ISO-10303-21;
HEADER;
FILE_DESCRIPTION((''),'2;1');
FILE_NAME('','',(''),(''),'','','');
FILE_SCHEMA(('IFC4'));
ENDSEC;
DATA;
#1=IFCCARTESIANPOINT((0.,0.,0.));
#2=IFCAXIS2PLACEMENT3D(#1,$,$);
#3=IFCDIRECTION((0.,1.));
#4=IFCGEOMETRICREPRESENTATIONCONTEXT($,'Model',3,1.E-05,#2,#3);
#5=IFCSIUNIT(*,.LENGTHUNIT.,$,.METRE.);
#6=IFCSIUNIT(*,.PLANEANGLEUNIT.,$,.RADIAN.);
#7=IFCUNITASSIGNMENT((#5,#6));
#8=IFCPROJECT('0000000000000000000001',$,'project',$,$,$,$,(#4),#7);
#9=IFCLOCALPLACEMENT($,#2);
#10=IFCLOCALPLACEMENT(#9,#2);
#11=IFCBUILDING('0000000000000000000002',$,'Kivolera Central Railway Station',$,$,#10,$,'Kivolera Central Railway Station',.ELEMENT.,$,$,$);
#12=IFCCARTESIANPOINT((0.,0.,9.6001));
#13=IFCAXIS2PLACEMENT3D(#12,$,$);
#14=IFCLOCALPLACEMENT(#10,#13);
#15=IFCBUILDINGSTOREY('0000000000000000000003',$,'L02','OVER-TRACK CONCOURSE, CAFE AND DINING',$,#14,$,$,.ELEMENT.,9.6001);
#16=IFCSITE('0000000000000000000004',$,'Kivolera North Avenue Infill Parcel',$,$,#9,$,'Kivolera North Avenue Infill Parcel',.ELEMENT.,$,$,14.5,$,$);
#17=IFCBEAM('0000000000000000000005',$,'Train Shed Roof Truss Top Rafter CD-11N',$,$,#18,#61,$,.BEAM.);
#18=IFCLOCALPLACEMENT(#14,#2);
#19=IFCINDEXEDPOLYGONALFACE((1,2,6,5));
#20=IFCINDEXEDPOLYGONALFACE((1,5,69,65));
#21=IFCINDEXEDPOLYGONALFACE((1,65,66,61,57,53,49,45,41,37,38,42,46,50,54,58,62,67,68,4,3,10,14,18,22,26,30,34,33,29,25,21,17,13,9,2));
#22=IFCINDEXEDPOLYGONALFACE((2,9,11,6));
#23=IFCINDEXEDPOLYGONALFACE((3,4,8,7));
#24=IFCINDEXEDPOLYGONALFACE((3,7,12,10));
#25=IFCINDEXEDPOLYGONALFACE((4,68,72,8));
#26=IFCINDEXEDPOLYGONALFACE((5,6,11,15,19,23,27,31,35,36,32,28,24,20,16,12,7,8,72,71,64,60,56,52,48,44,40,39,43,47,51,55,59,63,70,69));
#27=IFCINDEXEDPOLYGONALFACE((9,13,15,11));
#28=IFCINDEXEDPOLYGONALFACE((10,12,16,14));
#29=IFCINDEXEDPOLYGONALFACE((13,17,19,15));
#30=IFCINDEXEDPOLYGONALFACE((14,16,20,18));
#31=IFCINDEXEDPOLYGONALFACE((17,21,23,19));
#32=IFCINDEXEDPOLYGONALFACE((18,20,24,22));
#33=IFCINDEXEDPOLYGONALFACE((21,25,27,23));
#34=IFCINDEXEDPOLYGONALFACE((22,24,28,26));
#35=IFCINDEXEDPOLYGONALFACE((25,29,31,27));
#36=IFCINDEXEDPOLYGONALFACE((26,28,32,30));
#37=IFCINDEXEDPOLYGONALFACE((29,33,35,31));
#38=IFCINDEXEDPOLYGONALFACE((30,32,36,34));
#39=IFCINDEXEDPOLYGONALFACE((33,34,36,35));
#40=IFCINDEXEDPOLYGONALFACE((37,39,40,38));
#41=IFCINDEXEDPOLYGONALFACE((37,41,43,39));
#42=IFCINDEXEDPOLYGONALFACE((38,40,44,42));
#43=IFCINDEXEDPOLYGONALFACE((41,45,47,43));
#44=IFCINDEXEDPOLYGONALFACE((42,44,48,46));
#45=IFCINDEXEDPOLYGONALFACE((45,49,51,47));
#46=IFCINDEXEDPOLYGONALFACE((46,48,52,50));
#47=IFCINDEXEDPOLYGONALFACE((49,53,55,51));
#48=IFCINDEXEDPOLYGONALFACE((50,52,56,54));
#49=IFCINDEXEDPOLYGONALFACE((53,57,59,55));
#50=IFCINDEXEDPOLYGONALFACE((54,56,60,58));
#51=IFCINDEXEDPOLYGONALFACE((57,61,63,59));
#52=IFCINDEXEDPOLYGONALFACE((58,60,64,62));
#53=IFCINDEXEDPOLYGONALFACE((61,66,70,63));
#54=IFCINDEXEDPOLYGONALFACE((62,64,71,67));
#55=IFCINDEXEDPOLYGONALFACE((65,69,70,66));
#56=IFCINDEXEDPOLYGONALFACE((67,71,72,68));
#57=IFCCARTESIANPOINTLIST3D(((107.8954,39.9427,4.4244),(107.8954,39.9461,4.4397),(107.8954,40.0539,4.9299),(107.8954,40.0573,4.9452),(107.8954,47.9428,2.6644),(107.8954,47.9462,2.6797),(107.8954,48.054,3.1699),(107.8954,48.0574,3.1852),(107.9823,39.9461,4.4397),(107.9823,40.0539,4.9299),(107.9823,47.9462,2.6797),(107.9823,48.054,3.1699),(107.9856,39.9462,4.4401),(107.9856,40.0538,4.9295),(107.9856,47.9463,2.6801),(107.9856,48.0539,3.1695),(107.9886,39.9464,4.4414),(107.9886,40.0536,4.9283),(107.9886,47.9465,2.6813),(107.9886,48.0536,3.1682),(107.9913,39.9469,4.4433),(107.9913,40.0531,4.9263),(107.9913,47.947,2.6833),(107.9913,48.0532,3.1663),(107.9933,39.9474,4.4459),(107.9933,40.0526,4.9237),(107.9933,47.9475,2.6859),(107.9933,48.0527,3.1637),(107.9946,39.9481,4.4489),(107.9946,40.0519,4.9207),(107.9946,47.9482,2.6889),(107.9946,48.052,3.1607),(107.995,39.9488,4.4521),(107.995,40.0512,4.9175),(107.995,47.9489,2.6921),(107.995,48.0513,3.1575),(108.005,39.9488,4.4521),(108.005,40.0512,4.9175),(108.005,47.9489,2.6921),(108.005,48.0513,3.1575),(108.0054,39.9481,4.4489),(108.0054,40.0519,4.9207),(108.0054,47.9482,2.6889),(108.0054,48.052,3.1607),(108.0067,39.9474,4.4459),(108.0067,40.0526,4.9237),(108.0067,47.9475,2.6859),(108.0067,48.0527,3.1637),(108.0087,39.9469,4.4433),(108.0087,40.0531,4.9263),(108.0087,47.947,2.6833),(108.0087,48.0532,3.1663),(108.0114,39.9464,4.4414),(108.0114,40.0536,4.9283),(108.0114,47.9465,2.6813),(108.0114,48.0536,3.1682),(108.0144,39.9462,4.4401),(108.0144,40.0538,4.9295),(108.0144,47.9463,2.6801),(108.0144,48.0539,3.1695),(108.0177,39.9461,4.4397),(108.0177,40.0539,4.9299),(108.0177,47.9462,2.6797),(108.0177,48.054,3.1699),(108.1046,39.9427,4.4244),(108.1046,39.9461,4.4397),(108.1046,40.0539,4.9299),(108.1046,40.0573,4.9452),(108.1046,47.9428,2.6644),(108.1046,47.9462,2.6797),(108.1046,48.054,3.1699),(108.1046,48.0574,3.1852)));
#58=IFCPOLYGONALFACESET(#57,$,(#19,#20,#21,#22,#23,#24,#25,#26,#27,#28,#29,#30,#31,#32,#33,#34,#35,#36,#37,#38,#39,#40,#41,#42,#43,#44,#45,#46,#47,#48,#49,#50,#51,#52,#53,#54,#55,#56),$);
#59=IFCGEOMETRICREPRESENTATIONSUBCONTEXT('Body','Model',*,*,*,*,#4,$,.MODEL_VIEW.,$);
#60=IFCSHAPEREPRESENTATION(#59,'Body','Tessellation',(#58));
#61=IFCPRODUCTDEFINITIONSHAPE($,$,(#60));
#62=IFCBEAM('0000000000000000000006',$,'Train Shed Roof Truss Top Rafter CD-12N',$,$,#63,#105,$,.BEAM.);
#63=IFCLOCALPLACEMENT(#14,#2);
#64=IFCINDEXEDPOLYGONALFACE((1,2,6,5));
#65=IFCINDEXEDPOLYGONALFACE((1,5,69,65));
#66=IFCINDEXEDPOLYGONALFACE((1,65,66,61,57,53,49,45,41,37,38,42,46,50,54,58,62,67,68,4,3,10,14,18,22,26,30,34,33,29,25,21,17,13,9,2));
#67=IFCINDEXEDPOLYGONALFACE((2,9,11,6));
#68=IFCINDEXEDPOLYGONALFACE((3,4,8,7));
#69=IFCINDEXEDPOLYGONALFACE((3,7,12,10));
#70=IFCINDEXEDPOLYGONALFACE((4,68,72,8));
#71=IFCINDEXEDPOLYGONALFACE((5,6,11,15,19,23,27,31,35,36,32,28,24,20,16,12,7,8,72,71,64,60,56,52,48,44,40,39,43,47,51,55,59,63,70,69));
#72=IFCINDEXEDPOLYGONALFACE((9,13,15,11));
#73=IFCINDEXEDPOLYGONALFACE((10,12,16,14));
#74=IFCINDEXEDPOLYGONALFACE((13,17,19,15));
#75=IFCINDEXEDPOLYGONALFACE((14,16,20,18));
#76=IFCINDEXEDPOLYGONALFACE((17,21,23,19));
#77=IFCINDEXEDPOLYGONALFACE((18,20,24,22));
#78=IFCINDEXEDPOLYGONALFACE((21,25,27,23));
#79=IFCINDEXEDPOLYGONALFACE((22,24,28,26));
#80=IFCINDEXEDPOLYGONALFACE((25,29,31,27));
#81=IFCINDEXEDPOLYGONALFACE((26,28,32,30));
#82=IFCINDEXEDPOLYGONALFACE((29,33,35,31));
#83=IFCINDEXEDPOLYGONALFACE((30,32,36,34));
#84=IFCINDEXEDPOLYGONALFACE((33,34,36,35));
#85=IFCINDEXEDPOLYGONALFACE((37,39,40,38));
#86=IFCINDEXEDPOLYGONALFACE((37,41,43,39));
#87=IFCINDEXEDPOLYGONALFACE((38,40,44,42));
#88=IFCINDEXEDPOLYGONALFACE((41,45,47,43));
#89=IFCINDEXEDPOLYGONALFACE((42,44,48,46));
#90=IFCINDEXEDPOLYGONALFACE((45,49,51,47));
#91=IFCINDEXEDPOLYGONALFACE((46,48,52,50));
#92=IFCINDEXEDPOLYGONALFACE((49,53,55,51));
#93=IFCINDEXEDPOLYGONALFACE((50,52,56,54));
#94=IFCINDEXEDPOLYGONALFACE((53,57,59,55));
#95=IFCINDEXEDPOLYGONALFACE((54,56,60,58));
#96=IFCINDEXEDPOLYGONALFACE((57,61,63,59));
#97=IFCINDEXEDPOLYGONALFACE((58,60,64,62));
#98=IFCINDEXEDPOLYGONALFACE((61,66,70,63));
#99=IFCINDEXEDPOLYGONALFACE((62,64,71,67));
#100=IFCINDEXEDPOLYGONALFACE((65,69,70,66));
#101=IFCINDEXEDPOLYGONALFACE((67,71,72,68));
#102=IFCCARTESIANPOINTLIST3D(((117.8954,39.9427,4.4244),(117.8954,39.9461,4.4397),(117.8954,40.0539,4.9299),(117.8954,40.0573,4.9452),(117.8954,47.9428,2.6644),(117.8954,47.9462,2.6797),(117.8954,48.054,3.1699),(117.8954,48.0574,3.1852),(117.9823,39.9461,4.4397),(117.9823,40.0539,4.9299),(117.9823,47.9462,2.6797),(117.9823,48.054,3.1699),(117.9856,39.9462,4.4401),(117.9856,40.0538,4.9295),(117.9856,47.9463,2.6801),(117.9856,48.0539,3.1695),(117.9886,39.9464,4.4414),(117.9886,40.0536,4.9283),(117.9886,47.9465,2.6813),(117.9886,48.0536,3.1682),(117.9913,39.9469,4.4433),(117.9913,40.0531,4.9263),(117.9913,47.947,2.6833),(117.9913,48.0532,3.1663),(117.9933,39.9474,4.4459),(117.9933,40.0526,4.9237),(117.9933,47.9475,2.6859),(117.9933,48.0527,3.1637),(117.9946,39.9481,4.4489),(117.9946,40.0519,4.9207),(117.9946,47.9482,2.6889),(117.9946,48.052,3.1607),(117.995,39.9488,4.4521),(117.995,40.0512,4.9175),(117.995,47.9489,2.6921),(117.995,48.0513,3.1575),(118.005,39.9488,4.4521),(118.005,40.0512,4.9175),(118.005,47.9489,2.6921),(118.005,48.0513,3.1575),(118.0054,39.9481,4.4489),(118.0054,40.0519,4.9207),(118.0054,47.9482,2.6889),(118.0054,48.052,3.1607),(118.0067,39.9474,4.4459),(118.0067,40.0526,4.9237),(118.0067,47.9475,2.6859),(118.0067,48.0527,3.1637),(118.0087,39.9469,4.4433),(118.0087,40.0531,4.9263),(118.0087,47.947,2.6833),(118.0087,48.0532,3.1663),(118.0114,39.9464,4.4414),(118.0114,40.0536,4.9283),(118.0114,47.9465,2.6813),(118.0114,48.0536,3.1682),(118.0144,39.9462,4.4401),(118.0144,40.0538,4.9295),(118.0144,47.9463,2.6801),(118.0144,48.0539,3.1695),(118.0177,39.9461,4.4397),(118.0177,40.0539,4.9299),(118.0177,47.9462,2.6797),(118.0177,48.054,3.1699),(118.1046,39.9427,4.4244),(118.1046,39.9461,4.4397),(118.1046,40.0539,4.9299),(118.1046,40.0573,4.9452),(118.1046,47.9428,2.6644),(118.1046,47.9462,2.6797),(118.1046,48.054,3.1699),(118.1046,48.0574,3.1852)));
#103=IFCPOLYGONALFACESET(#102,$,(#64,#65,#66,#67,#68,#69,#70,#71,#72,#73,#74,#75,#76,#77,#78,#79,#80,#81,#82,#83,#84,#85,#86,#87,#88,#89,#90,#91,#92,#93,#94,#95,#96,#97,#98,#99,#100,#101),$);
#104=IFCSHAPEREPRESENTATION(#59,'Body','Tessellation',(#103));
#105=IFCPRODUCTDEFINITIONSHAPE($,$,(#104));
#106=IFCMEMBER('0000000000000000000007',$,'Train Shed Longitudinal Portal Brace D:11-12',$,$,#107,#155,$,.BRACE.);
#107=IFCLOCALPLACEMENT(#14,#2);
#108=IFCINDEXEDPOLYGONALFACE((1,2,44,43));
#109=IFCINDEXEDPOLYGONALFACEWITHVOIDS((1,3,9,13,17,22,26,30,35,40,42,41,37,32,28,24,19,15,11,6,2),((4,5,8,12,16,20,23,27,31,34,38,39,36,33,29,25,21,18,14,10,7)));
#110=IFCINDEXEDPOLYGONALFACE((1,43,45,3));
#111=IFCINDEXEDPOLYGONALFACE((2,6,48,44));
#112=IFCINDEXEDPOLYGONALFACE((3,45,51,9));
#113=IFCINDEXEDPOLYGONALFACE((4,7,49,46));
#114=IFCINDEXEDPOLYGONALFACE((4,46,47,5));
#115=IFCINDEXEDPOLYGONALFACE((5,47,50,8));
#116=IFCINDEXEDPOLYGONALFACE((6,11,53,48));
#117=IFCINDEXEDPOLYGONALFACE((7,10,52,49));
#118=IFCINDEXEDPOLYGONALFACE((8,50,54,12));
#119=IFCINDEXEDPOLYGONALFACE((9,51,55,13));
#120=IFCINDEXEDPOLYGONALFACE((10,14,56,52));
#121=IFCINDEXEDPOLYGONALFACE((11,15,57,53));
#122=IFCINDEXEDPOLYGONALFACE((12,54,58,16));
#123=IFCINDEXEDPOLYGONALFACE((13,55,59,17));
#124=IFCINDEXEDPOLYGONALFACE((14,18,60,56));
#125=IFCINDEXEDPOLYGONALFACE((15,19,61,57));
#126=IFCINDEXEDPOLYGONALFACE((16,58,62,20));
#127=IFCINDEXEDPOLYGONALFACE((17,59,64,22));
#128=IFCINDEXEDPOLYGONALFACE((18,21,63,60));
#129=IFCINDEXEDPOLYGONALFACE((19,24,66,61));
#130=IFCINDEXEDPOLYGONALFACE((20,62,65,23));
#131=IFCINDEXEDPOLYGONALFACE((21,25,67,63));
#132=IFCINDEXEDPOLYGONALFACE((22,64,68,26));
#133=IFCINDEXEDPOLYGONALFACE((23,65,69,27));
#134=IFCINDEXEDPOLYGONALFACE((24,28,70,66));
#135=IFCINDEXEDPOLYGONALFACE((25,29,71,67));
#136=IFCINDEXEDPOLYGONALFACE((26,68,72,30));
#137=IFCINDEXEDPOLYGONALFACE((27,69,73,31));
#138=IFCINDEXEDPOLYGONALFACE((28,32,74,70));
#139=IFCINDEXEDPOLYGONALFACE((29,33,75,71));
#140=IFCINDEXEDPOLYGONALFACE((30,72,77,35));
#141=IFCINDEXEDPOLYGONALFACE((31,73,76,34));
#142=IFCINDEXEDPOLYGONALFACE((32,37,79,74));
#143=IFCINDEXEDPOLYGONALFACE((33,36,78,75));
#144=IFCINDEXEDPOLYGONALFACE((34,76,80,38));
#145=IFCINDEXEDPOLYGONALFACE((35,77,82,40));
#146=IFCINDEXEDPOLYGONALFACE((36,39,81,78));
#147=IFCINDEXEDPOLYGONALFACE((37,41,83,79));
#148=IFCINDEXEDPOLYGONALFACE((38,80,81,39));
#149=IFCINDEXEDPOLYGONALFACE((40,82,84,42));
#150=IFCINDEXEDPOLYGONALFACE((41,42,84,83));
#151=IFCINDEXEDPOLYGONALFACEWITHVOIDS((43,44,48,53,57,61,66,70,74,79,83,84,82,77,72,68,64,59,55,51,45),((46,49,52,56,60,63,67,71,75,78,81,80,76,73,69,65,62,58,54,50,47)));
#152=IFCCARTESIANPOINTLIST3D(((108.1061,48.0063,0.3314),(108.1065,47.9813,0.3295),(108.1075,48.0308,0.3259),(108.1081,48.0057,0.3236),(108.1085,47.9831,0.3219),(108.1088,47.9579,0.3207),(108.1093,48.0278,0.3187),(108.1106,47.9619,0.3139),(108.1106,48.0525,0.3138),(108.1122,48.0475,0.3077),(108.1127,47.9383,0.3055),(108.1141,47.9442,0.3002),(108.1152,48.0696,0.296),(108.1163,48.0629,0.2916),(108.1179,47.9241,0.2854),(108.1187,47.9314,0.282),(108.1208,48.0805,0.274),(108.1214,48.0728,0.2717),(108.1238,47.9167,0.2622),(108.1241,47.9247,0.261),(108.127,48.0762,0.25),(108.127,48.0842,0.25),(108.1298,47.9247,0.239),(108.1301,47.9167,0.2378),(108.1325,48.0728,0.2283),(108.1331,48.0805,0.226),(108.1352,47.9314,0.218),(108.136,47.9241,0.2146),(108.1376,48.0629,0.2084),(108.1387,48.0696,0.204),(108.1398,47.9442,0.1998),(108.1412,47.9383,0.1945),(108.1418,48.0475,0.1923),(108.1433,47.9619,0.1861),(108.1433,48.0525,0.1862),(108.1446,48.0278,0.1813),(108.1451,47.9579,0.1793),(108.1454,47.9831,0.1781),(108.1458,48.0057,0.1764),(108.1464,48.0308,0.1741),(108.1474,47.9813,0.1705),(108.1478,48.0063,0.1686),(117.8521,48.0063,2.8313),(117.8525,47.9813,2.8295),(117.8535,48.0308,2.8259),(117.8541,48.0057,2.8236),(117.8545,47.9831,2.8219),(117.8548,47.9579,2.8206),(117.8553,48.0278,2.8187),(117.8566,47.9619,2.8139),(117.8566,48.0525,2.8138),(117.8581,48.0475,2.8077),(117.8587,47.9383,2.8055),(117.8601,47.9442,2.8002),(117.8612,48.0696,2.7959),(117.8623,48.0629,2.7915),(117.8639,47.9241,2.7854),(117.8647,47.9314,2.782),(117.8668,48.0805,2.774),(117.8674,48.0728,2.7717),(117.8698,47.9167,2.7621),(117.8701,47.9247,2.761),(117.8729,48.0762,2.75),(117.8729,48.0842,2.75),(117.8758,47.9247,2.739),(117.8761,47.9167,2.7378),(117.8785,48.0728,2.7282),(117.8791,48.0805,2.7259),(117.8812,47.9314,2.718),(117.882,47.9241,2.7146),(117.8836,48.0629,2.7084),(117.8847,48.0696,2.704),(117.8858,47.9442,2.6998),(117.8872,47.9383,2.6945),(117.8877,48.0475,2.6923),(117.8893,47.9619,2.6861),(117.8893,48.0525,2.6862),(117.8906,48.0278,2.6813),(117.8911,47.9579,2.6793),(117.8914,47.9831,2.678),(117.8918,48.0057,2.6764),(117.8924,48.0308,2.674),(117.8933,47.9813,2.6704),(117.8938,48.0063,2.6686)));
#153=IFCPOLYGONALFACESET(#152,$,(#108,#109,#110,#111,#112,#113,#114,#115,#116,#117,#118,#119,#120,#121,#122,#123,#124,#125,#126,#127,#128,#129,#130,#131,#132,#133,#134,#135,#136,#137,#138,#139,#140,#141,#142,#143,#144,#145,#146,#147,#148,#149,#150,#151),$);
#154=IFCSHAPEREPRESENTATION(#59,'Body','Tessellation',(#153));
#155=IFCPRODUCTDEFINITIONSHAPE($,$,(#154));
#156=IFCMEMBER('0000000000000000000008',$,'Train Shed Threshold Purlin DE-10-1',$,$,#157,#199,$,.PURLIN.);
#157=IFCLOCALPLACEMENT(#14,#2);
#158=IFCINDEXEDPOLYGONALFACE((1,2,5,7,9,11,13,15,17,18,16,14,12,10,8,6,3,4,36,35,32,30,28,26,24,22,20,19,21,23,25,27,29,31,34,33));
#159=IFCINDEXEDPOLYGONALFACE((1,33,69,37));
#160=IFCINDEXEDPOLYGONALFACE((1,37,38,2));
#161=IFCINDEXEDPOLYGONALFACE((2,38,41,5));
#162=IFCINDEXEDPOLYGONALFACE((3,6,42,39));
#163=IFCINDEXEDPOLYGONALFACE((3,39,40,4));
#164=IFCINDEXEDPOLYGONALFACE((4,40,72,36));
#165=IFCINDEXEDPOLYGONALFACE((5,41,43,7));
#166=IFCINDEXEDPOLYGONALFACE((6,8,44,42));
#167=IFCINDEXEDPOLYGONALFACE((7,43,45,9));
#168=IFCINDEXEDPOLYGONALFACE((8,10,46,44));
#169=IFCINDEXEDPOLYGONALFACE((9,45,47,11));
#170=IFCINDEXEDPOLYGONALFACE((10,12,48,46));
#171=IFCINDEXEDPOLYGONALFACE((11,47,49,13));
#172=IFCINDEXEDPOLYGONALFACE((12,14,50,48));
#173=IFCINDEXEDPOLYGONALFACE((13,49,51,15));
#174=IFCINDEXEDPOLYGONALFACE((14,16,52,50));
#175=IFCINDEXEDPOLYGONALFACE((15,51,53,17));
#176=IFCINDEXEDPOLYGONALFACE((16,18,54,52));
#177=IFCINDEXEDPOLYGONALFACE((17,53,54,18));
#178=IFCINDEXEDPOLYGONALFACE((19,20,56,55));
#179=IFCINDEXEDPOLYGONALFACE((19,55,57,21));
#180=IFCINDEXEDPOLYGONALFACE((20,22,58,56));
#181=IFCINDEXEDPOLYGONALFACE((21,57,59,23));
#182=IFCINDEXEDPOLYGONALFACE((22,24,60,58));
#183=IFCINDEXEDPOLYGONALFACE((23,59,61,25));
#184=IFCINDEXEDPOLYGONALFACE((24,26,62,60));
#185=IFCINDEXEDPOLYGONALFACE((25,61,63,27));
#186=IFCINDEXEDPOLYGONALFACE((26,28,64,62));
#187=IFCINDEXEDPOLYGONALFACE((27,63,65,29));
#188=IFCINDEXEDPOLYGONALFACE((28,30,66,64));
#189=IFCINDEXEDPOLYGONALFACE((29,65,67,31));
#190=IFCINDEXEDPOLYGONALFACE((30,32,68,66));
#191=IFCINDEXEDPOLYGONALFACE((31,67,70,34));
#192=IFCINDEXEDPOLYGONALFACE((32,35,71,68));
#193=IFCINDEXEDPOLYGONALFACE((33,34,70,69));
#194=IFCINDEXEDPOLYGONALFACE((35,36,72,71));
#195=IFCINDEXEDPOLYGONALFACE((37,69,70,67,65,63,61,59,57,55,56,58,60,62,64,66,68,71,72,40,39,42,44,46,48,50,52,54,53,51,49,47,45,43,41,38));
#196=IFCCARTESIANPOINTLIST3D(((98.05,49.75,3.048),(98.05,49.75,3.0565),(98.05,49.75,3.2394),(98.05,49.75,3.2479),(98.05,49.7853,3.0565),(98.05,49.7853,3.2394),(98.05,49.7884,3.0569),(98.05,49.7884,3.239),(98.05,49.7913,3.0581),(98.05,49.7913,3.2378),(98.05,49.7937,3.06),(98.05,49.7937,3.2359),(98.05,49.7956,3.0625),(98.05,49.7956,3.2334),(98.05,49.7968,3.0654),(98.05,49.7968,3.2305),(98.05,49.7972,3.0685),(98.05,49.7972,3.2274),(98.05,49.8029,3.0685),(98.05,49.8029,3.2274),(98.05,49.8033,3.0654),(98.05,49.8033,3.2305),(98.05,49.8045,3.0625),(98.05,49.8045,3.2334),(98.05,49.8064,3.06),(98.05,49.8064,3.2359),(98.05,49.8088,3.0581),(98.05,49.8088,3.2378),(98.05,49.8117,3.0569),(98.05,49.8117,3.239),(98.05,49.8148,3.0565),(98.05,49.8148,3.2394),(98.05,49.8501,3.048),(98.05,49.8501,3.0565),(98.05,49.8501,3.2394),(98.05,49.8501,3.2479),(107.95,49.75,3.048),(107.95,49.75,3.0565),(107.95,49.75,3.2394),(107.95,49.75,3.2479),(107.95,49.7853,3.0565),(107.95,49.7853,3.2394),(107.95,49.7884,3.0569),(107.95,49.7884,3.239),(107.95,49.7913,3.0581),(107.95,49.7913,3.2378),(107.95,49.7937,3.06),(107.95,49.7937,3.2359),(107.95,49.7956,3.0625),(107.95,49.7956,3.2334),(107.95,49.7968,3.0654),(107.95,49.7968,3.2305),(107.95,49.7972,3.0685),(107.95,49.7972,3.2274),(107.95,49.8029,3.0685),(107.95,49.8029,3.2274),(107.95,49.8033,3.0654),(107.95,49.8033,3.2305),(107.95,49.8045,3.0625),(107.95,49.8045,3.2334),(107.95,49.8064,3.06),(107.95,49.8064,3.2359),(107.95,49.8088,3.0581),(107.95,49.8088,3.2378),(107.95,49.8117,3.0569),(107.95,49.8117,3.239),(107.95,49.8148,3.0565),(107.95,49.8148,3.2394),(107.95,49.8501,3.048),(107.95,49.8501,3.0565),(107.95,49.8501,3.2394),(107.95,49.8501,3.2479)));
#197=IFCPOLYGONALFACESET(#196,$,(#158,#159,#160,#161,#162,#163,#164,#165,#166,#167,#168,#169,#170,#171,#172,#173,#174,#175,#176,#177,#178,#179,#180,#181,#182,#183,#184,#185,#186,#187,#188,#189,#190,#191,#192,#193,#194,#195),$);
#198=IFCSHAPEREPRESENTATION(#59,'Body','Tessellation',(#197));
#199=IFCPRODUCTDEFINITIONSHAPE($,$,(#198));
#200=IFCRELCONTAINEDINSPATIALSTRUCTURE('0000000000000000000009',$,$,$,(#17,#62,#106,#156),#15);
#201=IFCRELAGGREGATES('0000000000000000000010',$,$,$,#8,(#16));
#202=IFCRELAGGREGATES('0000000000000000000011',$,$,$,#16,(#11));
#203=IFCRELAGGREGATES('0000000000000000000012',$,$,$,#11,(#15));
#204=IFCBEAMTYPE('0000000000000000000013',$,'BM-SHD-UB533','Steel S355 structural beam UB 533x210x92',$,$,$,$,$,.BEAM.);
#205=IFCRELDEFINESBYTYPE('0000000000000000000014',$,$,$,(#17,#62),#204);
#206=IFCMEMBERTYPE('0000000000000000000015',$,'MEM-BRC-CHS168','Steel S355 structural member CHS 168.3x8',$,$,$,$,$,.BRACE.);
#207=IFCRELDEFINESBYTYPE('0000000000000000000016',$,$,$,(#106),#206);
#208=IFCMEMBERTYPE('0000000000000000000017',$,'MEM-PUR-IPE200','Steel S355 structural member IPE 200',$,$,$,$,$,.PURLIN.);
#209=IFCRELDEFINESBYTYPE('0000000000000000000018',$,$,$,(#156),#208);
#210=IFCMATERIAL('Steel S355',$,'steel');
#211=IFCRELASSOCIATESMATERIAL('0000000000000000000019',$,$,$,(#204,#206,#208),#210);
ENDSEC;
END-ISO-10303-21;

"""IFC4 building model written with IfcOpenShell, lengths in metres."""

from ifc_helpers import new_model, si_unit, direction, frame, origin, origin_2d, place, context, subcontext, project, spatial, hollow_circle, i_section, extrude, material, material_profile, profile_set, type_object, element, save


model = new_model("IFC4")

# Units and contexts
model_context = context("Model", 3, precision=1e-05, world=origin(), true_north=direction((0.0, 1.0)))
body_context = subcontext(model_context, "Body", "Model", "MODEL_VIEW")
ifc_project = project(units=[si_unit("LENGTHUNIT", "METRE"), si_unit("PLANEANGLEUNIT", "RADIAN")], contexts=[model_context])

# Site, building, storey
site_placement = place(None, origin())
site = spatial("IfcSite", under=ifc_project, at=site_placement, Name="Kivolera North Avenue Infill Parcel", LongName="Kivolera North Avenue Infill Parcel", CompositionType="ELEMENT", RefElevation=14.5)
building_placement = place(site_placement, origin())
building = spatial("IfcBuilding", under=site, at=building_placement, Name="Kivolera Central Railway Station", LongName="Kivolera Central Railway Station", CompositionType="ELEMENT")
storey_placement = place(building_placement, frame((0.0, 0.0, 9.6001)))
storey = spatial("IfcBuildingStorey", under=building, at=storey_placement, Name="L02", Description="OVER-TRACK CONCOURSE, CAFE AND DINING", CompositionType="ELEMENT", Elevation=9.6001)

# Shared definitions
ifc_material_1 = material(Name="Steel S355", Category="steel")

# Beams
ifc_material_profile_1 = material_profile(ifc_material_1, i_section(OverallWidth=0.2092, OverallDepth=0.5332, WebThickness=0.01, FlangeThickness=0.0156, FilletRadius=0.0127, at=origin_2d()), Name="UB 533x210x92")
ifc_profile_set_1 = profile_set([ifc_material_profile_1], Name="Steel S355")
beam_type_1 = type_object("IfcBeamType", Name="BM-SHD-UB533", Description="Steel S355 structural beam UB 533x210x92", PredefinedType="BEAM", material=ifc_profile_set_1)
for number, where, z_axis, x_axis, name in (
    (1, (108.0, 40.0, 4.6848), (0.0, 0.976644, -0.214863), (-1.0, 0.0, 0.0), "Train Shed Roof Truss Top Rafter CD-11N"),
    (2, (118.0, 40.0, 4.6848), (0.0, 0.976644, -0.214863), (-1.0, 0.0, 0.0), "Train Shed Roof Truss Top Rafter CD-12N"),
):
    element("IfcBeam", number, at=place(storey_placement, frame(where, z_axis=z_axis, x_axis=x_axis)), inside=storey, type_object=beam_type_1, Name=name, PredefinedType="BEAM", context=body_context, shape_type="SweptSolid", body=[
        extrude(i_section(OverallWidth=0.2092, OverallDepth=0.5332, WebThickness=0.01, FlangeThickness=0.0156, FilletRadius=0.0127, at=origin_2d()), origin(), (0.0, 0.0, 1.0), 8.1914),
    ])

# Members
ifc_material_profile_2 = material_profile(ifc_material_1, hollow_circle(Radius=0.0842, WallThickness=0.0081, at=origin_2d()), Name="CHS 168.3x8")
ifc_profile_set_2 = profile_set([ifc_material_profile_2], Name="Steel S355")
member_type_1 = type_object("IfcMemberType", Name="MEM-BRC-CHS168", Description="Steel S355 structural member CHS 168.3x8", PredefinedType="BRACE", material=ifc_profile_set_2)
member_placement = place(storey_placement, frame((108.127, 48.0, 0.25), z_axis=(0.96864, 0.0, 0.248469), x_axis=(0.0, 1.0, 0.0)))
element("IfcMember", 3, at=member_placement, inside=storey, type_object=member_type_1, Name="Train Shed Longitudinal Portal Brace D:11-12", PredefinedType="BRACE", context=body_context, shape_type="SweptSolid", body=[
    extrude(hollow_circle(Radius=0.0842, WallThickness=0.0081, at=origin_2d()), origin(), (0.0, 0.0, 1.0), 10.0615),
])
ifc_material_profile_3 = material_profile(ifc_material_1, i_section(OverallWidth=0.1001, OverallDepth=0.2, WebThickness=0.0056, FlangeThickness=0.0085, FilletRadius=0.012, at=origin_2d()), Name="IPE 200")
ifc_profile_set_3 = profile_set([ifc_material_profile_3], Name="Steel S355")
member_type_2 = type_object("IfcMemberType", Name="MEM-PUR-IPE200", Description="Steel S355 structural member IPE 200", PredefinedType="PURLIN", material=ifc_profile_set_3)
for number, where, z_axis, x_axis, name in (
    (4, (98.05, 49.8, 3.1479), (1.0, 0.0, 0.0), (0.0, 1.0, 0.0), "Train Shed Threshold Purlin DE-10-1"),
):
    element("IfcMember", number, at=place(storey_placement, frame(where, z_axis=z_axis, x_axis=x_axis)), inside=storey, type_object=member_type_2, Name=name, PredefinedType="PURLIN", context=body_context, shape_type="SweptSolid", body=[
        extrude(i_section(OverallWidth=0.1001, OverallDepth=0.2, WebThickness=0.0056, FlangeThickness=0.0085, FilletRadius=0.012, at=origin_2d()), origin(), (0.0, 0.0, 1.0), 9.8999),
    ])

save(model, "model.ifc")
